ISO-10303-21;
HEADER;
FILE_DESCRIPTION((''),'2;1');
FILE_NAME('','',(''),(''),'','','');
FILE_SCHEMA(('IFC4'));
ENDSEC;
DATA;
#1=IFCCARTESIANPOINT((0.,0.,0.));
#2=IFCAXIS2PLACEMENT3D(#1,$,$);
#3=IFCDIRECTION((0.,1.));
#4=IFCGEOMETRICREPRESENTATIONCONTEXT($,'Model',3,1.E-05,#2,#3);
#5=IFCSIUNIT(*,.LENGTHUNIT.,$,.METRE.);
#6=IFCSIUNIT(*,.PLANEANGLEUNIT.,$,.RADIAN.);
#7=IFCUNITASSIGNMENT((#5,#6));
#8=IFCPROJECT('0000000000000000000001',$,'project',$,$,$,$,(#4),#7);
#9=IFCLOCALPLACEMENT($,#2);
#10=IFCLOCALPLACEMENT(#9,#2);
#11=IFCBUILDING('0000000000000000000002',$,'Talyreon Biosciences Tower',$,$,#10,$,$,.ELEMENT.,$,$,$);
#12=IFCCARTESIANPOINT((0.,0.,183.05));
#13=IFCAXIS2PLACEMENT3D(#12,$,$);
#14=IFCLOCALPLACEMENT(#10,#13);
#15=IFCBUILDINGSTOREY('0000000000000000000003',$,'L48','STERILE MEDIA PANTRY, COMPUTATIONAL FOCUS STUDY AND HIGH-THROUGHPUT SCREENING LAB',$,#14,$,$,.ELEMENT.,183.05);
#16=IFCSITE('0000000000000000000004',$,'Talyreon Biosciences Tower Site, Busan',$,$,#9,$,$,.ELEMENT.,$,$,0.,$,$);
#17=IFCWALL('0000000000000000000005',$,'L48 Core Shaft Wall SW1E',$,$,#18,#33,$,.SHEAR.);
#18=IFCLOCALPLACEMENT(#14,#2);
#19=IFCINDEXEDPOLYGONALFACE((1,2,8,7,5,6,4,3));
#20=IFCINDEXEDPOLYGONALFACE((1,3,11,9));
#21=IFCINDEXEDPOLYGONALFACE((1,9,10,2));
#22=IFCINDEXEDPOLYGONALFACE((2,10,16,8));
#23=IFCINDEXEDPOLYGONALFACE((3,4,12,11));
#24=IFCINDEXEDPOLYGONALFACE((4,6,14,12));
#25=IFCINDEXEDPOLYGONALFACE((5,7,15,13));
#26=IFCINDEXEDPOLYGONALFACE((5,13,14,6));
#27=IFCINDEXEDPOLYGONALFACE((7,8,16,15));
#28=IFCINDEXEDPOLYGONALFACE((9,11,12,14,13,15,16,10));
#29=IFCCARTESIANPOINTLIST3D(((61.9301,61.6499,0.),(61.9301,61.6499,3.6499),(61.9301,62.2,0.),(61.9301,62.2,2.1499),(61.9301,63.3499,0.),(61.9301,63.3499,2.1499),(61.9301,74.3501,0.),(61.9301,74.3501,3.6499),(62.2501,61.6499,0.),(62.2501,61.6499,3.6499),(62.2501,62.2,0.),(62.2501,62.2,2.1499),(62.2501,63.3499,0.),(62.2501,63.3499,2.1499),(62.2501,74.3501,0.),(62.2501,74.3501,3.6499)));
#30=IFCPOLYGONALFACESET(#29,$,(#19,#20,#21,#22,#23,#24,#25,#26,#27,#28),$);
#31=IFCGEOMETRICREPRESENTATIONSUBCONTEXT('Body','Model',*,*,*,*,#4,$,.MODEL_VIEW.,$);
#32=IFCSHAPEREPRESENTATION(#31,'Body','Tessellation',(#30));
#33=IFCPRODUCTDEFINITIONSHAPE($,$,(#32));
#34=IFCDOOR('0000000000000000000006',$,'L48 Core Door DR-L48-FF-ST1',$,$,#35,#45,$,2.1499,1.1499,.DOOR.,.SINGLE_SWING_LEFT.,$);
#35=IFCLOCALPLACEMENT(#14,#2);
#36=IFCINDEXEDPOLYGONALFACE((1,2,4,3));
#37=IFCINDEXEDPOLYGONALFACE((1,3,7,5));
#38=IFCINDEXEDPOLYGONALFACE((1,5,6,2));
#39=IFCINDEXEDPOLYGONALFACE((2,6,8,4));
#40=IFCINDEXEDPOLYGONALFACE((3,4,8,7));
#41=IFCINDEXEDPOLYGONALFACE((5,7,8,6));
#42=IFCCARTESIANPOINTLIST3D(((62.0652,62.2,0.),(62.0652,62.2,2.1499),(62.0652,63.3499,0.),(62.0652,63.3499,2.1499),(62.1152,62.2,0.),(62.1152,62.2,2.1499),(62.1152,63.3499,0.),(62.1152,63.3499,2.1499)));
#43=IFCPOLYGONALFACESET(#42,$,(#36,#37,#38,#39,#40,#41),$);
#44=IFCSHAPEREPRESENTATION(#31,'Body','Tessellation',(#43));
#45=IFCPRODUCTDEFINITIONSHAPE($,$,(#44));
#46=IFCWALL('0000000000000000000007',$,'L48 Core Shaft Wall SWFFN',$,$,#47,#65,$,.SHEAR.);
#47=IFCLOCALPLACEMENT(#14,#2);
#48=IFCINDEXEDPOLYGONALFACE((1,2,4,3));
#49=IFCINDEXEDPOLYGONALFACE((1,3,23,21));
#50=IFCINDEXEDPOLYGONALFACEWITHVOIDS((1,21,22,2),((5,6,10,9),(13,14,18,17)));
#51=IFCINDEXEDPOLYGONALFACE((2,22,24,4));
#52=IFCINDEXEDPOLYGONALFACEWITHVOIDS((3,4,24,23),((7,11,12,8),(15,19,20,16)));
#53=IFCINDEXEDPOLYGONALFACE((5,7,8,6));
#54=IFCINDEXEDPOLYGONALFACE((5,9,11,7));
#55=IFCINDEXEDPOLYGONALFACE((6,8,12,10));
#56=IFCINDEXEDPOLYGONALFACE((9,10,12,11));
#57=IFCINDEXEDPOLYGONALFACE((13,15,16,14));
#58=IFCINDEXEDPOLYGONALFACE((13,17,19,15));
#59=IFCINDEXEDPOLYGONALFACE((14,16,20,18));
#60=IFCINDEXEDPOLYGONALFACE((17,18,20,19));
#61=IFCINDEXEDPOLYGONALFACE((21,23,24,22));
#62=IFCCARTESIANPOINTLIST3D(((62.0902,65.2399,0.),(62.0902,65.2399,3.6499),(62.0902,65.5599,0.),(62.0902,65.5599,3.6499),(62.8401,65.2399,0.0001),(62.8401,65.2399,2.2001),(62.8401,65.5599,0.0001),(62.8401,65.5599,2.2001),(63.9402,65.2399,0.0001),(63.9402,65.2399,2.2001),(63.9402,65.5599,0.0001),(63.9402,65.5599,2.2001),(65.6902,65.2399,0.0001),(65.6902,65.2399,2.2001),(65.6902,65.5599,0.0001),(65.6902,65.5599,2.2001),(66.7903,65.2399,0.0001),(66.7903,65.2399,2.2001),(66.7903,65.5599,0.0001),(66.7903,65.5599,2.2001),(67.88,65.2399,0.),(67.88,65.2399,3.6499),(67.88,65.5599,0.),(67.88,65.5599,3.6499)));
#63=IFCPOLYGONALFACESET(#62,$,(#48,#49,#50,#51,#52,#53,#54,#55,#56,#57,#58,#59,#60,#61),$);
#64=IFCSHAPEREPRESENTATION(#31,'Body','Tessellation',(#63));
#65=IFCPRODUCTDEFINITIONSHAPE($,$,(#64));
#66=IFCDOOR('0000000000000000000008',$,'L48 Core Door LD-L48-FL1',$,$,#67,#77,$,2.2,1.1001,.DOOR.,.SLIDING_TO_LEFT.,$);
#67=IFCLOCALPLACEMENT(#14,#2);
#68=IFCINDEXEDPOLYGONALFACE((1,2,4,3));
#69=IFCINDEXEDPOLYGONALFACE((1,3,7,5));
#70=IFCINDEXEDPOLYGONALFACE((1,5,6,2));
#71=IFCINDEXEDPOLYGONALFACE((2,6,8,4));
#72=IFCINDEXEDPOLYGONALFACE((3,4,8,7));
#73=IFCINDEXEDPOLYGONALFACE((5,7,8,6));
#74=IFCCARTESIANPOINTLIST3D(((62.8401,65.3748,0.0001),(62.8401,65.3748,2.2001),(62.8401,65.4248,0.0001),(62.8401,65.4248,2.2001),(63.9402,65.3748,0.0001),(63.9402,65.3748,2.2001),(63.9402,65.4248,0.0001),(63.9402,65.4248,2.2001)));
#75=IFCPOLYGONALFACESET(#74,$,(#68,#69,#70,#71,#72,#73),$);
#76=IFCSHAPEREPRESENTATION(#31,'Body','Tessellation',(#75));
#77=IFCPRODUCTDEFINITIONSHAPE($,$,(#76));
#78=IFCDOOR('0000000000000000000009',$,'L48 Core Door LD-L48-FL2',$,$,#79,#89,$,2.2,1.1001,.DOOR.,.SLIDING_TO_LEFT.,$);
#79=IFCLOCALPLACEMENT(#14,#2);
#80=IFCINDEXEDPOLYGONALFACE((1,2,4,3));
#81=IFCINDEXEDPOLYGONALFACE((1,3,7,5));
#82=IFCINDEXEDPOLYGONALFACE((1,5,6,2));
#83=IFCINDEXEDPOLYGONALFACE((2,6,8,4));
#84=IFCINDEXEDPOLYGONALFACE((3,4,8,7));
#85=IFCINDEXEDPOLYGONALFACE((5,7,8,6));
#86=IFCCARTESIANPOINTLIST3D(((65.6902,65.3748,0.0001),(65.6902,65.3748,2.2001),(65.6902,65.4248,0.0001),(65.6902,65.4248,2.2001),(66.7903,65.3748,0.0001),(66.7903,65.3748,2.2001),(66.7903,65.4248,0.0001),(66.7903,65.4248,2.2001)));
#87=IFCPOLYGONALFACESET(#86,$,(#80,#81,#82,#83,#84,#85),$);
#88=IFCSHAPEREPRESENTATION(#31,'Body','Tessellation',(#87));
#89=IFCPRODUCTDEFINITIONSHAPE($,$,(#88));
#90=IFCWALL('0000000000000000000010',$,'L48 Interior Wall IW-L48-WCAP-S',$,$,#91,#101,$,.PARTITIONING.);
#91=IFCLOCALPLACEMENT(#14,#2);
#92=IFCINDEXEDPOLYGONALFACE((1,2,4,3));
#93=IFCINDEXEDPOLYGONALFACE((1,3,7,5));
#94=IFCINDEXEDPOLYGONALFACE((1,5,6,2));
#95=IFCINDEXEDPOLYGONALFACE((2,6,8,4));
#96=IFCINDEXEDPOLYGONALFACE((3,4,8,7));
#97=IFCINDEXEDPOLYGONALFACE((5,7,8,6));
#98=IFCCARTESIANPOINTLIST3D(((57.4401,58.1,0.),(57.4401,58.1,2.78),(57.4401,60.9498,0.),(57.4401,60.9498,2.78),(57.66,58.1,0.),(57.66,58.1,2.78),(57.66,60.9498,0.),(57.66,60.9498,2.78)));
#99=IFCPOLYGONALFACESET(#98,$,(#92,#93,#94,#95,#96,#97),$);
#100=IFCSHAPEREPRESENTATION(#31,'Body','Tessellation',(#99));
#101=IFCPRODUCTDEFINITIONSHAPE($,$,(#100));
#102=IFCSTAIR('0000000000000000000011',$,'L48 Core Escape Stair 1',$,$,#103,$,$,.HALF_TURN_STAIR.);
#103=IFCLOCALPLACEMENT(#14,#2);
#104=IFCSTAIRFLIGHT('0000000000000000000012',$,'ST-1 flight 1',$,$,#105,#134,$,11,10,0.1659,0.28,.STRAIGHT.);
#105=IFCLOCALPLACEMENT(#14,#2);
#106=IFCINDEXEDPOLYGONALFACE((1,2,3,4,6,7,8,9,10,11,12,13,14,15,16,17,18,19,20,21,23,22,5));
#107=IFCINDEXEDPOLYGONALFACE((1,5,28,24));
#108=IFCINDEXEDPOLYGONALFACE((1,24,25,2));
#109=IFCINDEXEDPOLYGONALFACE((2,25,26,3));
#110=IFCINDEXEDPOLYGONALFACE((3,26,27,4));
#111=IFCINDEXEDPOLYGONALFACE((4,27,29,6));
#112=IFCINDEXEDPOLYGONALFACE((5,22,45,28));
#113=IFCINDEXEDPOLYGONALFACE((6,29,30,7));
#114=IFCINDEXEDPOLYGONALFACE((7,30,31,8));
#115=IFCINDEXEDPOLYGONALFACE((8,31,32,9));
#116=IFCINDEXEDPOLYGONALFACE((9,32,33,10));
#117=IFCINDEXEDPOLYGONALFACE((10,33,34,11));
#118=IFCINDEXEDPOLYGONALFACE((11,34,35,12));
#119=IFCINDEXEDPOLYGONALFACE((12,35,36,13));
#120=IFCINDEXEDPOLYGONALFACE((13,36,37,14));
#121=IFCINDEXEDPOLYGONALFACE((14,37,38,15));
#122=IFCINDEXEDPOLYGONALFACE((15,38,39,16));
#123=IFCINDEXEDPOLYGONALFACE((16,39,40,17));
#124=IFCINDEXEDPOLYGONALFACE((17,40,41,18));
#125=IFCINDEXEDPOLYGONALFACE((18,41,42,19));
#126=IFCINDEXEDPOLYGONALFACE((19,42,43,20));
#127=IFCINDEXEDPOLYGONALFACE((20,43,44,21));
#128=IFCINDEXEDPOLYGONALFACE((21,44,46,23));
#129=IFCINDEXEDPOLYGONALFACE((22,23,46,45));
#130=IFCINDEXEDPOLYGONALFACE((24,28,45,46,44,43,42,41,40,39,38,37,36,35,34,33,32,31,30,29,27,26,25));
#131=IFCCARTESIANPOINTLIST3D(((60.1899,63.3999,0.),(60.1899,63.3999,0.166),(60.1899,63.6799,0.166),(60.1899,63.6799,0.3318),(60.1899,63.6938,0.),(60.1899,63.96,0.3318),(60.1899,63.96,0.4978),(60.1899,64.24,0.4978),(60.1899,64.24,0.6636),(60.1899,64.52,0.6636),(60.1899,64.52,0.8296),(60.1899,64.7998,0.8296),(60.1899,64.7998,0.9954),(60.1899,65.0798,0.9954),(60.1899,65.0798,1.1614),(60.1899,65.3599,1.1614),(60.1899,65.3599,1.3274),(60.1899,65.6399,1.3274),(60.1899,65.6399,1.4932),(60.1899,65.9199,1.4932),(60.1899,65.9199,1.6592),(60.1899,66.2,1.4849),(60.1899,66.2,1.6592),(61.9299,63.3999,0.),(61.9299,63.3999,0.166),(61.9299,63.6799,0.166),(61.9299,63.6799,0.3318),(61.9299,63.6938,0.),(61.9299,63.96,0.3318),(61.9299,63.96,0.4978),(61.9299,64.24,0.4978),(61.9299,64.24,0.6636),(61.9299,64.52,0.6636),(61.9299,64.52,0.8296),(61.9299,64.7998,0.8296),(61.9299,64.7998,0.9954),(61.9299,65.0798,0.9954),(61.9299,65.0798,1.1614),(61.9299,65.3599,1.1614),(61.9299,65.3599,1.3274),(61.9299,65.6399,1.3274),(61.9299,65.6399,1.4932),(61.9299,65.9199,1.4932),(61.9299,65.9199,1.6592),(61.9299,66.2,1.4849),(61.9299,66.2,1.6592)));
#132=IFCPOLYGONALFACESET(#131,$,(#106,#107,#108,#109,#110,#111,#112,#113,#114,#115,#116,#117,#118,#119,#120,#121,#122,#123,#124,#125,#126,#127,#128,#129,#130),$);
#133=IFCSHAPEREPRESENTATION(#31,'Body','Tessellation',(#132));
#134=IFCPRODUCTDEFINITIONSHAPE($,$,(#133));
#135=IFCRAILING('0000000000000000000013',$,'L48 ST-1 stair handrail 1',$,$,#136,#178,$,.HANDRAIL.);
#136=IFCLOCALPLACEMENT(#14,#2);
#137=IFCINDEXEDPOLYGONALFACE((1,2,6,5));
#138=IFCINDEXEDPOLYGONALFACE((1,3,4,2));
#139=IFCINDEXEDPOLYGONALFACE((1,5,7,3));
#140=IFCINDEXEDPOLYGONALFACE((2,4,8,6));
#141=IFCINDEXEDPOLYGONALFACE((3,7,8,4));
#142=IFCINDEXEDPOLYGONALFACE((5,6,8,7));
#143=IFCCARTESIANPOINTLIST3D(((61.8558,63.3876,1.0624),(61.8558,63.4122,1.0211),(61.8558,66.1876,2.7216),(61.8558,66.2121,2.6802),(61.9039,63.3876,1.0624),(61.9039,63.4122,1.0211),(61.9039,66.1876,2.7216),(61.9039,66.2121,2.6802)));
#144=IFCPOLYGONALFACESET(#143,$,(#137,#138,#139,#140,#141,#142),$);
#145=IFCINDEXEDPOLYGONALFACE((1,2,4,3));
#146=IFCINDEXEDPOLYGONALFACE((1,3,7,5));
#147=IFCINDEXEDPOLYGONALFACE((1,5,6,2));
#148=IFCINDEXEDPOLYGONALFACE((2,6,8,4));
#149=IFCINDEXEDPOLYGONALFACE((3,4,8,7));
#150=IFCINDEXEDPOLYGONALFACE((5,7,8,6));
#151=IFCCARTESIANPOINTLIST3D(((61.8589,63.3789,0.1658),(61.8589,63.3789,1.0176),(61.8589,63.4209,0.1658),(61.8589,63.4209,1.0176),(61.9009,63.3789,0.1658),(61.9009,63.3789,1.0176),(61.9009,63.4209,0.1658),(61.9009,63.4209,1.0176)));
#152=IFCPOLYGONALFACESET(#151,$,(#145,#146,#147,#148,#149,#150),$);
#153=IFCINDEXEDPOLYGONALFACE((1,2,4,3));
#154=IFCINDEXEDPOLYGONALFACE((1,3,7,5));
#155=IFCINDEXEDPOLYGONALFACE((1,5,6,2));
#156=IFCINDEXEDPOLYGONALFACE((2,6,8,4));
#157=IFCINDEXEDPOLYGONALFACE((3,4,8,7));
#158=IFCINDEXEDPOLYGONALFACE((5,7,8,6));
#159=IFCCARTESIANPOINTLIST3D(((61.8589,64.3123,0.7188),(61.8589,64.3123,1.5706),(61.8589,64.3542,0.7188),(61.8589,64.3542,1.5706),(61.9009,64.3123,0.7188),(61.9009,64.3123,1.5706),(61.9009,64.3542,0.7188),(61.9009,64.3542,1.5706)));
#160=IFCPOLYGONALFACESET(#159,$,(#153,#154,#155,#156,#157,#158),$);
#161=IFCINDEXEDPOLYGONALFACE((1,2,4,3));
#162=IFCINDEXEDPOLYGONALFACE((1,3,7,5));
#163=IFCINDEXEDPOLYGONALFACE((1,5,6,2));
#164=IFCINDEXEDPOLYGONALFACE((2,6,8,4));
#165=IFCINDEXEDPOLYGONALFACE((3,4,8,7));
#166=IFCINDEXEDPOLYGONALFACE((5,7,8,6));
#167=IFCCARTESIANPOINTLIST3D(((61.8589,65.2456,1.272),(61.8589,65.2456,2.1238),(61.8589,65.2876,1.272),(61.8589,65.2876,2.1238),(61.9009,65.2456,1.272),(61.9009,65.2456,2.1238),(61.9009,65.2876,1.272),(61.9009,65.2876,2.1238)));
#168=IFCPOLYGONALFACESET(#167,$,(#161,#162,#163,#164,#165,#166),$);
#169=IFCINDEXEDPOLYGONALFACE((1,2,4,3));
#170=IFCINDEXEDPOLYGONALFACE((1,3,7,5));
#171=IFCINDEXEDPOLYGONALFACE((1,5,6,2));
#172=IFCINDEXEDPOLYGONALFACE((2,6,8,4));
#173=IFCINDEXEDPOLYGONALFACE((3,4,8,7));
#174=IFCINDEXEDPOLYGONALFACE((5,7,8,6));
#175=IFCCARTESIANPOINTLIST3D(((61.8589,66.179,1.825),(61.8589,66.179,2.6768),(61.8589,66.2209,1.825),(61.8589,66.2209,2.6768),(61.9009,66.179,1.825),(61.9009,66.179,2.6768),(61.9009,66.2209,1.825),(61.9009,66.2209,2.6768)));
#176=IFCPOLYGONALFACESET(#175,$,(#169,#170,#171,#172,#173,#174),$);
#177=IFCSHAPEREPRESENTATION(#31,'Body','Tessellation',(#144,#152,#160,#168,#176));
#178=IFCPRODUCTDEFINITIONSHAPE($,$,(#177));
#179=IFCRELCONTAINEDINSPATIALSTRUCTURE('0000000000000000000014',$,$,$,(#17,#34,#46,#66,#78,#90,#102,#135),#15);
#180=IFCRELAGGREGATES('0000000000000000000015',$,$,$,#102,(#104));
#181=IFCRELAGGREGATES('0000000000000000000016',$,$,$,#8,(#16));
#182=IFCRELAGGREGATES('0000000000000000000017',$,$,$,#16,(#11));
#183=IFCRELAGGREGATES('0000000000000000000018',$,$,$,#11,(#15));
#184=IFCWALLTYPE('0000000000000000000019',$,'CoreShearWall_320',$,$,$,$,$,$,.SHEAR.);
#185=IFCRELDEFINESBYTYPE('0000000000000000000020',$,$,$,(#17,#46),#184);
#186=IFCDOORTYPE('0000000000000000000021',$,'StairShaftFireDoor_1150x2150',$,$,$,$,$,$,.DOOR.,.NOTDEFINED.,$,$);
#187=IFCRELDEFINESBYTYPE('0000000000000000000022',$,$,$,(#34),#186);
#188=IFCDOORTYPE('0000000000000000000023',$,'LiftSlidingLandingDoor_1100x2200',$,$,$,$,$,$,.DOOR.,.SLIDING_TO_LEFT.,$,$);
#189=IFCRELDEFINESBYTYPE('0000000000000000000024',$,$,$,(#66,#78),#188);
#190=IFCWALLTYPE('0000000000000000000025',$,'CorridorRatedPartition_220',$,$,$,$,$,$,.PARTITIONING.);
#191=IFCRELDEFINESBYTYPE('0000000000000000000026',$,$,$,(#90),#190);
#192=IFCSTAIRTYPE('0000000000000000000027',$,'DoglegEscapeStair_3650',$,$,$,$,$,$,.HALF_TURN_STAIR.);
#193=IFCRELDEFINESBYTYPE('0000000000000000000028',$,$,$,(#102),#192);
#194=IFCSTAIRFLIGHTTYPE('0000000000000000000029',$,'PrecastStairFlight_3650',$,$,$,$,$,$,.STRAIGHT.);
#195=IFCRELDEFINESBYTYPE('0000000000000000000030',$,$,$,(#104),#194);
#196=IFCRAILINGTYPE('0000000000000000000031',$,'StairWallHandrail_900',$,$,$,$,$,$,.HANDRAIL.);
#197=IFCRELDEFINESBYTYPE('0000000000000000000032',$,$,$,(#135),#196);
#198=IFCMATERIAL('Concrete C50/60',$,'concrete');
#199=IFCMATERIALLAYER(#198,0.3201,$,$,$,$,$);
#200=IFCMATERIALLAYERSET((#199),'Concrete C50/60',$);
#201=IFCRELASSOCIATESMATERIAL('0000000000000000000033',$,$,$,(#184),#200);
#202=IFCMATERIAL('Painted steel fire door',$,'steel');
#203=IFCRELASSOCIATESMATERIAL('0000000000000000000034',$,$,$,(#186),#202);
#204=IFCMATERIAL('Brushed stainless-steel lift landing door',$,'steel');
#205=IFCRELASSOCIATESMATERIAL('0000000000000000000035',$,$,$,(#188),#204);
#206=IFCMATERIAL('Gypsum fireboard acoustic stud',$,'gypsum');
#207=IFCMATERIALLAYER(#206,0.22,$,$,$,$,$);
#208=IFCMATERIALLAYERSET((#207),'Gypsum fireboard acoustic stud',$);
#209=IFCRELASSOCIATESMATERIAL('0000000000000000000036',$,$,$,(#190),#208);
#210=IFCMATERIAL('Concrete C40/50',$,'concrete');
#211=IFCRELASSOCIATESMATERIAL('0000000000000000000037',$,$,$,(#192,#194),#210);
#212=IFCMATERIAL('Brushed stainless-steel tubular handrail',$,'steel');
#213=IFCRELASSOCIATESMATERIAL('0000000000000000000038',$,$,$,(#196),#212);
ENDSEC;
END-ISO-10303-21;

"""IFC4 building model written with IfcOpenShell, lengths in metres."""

from ifc_helpers import new_model, si_unit, direction, frame, frame_2d, origin, origin_2d, place, context, subcontext, project, spatial, polyline, rectangle, outline, extrude, material, layer, layer_set, type_object, element, fill, aggregate, save


model = new_model("IFC4")

# Units and contexts
model_context = context("Model", 3, precision=1e-05, world=origin(), true_north=direction((0.0, 1.0)))
body_context = subcontext(model_context, "Body", "Model", "MODEL_VIEW")
ifc_project = project(units=[si_unit("LENGTHUNIT", "METRE"), si_unit("PLANEANGLEUNIT", "RADIAN")], contexts=[model_context])

# Site, building, storey
site_placement = place(None, origin())
site = spatial("IfcSite", under=ifc_project, at=site_placement, Name="Talyreon Biosciences Tower Site, Busan", CompositionType="ELEMENT", RefElevation=0.0)
building_placement = place(site_placement, origin())
building = spatial("IfcBuilding", under=site, at=building_placement, Name="Talyreon Biosciences Tower", CompositionType="ELEMENT")
storey_placement = place(building_placement, frame((0.0, 0.0, 183.05)))
storey = spatial("IfcBuildingStorey", under=building, at=storey_placement, Name="L48", Description="STERILE MEDIA PANTRY, COMPUTATIONAL FOCUS STUDY AND HIGH-THROUGHPUT SCREENING LAB", CompositionType="ELEMENT", Elevation=183.05)

# Shared definitions
ifc_material_1 = material(Name="Concrete C50/60", Category="concrete")

# Wall, opening, door
ifc_layer_1 = layer(ifc_material_1, 0.3201)
ifc_layer_set_1 = layer_set([ifc_layer_1], Name="Concrete C50/60")
wall_type_1 = type_object("IfcWallType", Name="CoreShearWall_320", PredefinedType="SHEAR", material=ifc_layer_set_1)
wall_1_placement = place(storey_placement, frame((62.0901, 61.6499, 0.0), z_axis=(0.0, 0.0, 1.0), x_axis=(0.0, 1.0, 0.0)))
wall_1 = element("IfcWall", 1, at=wall_1_placement, inside=storey, type_object=wall_type_1, Name="L48 Core Shaft Wall SW1E", PredefinedType="SHEAR", context=body_context, shape_type="SweptSolid", body=[
    extrude(rectangle(XDim=12.7002, YDim=0.3201, at=frame_2d((6.3501, 0.0))), origin(), (0.0, 0.0, 1.0), 3.6499),
])
opening_1_placement = place(wall_1_placement, frame((0.55, 0.0, 0.0)))
opening_1 = element("IfcOpeningElement", 2, at=opening_1_placement, cuts=wall_1, PredefinedType="OPENING", context=body_context, shape_type="SweptSolid", body=[
    extrude(rectangle(XDim=1.1499, YDim=2.1499, at=frame_2d((0.575, 1.075))), frame((0.0, 0.1699, 0.0), z_axis=(0.0, -1.0, 0.0), x_axis=(1.0, 0.0, 0.0)), (0.0, 0.0, 1.0), 0.3401),
])
ifc_material_2 = material(Name="Painted steel fire door", Category="steel")
door_type_1 = type_object("IfcDoorType", Name="StairShaftFireDoor_1150x2150", OperationType="NOTDEFINED", PredefinedType="DOOR", material=ifc_material_2)
door_1_placement = place(opening_1_placement, origin())
door_1 = element("IfcDoor", 3, at=door_1_placement, inside=storey, type_object=door_type_1, Name="L48 Core Door DR-L48-FF-ST1", OperationType="SINGLE_SWING_LEFT", OverallHeight=2.1499, OverallWidth=1.1499, PredefinedType="DOOR", context=body_context, shape_type="SweptSolid", body=[
    extrude(rectangle(XDim=1.1499, YDim=2.1499, at=frame_2d((0.575, 1.075))), frame((0.0, 0.0249, 0.0), z_axis=(0.0, -1.0, 0.0), x_axis=(1.0, 0.0, 0.0)), (0.0, 0.0, 1.0), 0.05),
])
fill(opening_1, door_1)

# Wall, openings, doors
wall_2_placement = place(storey_placement, frame((62.0901, 65.3999, 0.0), z_axis=(0.0, 0.0, 1.0), x_axis=(1.0, 0.0, 0.0)))
wall_2 = element("IfcWall", 4, at=wall_2_placement, inside=storey, type_object=wall_type_1, Name="L48 Core Shaft Wall SWFFN", PredefinedType="SHEAR", context=body_context, shape_type="SweptSolid", body=[
    extrude(rectangle(XDim=5.7898, YDim=0.3201, at=frame_2d((2.895, 0.0))), origin(), (0.0, 0.0, 1.0), 3.6499),
])
opening_2_placement = place(wall_2_placement, frame((0.75, 0.0, 0.0)))
opening_2 = element("IfcOpeningElement", 5, at=opening_2_placement, cuts=wall_2, PredefinedType="OPENING", context=body_context, shape_type="SweptSolid", body=[
    extrude(rectangle(XDim=1.1001, YDim=2.2, at=frame_2d((0.55, 1.1001))), frame((0.0, 0.1699, 0.0), z_axis=(0.0, -1.0, 0.0), x_axis=(1.0, 0.0, 0.0)), (0.0, 0.0, 1.0), 0.3401),
])
opening_3_placement = place(wall_2_placement, frame((3.6001, 0.0, 0.0)))
opening_3 = element("IfcOpeningElement", 6, at=opening_3_placement, cuts=wall_2, PredefinedType="OPENING", context=body_context, shape_type="SweptSolid", body=[
    extrude(rectangle(XDim=1.1001, YDim=2.2, at=frame_2d((0.55, 1.1001))), frame((0.0, 0.1699, 0.0), z_axis=(0.0, -1.0, 0.0), x_axis=(1.0, 0.0, 0.0)), (0.0, 0.0, 1.0), 0.3401),
])
ifc_material_3 = material(Name="Brushed stainless-steel lift landing door", Category="steel")
door_type_2 = type_object("IfcDoorType", Name="LiftSlidingLandingDoor_1100x2200", OperationType="SLIDING_TO_LEFT", PredefinedType="DOOR", material=ifc_material_3)
door_2_placement = place(opening_2_placement, origin())
door_2 = element("IfcDoor", 7, at=door_2_placement, inside=storey, type_object=door_type_2, Name="L48 Core Door LD-L48-FL1", OperationType="SLIDING_TO_LEFT", OverallHeight=2.2, OverallWidth=1.1001, PredefinedType="DOOR", context=body_context, shape_type="SweptSolid", body=[
    extrude(rectangle(XDim=1.1001, YDim=2.2, at=frame_2d((0.55, 1.1001))), frame((0.0, 0.0249, 0.0), z_axis=(0.0, -1.0, 0.0), x_axis=(1.0, 0.0, 0.0)), (0.0, 0.0, 1.0), 0.05),
])
fill(opening_2, door_2)
door_3_placement = place(opening_3_placement, origin())
door_3 = element("IfcDoor", 8, at=door_3_placement, inside=storey, type_object=door_type_2, Name="L48 Core Door LD-L48-FL2", OperationType="SLIDING_TO_LEFT", OverallHeight=2.2, OverallWidth=1.1001, PredefinedType="DOOR", context=body_context, shape_type="SweptSolid", body=[
    extrude(rectangle(XDim=1.1001, YDim=2.2, at=frame_2d((0.55, 1.1001))), frame((0.0, 0.0249, 0.0), z_axis=(0.0, -1.0, 0.0), x_axis=(1.0, 0.0, 0.0)), (0.0, 0.0, 1.0), 0.05),
])
fill(opening_3, door_3)

# Wall
ifc_material_4 = material(Name="Gypsum fireboard acoustic stud", Category="gypsum")
ifc_layer_2 = layer(ifc_material_4, 0.22)
ifc_layer_set_2 = layer_set([ifc_layer_2], Name="Gypsum fireboard acoustic stud")
wall_type_2 = type_object("IfcWallType", Name="CorridorRatedPartition_220", PredefinedType="PARTITIONING", material=ifc_layer_set_2)
wall_3_placement = place(storey_placement, frame((57.55, 58.1001, 0.0), z_axis=(0.0, 0.0, 1.0), x_axis=(0.0, 1.0, 0.0)))
element("IfcWall", 9, at=wall_3_placement, inside=storey, type_object=wall_type_2, Name="L48 Interior Wall IW-L48-WCAP-S", PredefinedType="PARTITIONING", context=body_context, shape_type="SweptSolid", body=[
    extrude(rectangle(XDim=2.8499, YDim=0.22, at=frame_2d((1.4248, 0.0))), origin(), (0.0, 0.0, 1.0), 2.78),
])

# Stair, stair flight
ifc_material_5 = material(Name="Concrete C40/50", Category="concrete")
stair_type = type_object("IfcStairType", Name="DoglegEscapeStair_3650", PredefinedType="HALF_TURN_STAIR", material=ifc_material_5)
stair_placement = place(storey_placement, origin())
stair = element("IfcStair", 10, at=stair_placement, inside=storey, type_object=stair_type, Name="L48 Core Escape Stair 1", PredefinedType="HALF_TURN_STAIR")
stair_flight_type = type_object("IfcStairFlightType", Name="PrecastStairFlight_3650", PredefinedType="STRAIGHT", material=ifc_material_5)
stair_flight_placement = place(storey_placement, frame((61.0601, 63.3999, 0.0), z_axis=(0.0, 0.0, 1.0), x_axis=(0.0, 1.0, 0.0)))
stair_flight = element("IfcStairFlight", 11, at=stair_flight_placement, type_object=stair_flight_type, Name="ST-1 flight 1", NumberOfRisers=11, NumberOfTreads=10, PredefinedType="STRAIGHT", RiserHeight=0.1659, TreadLength=0.28, context=body_context, shape_type="SweptSolid", body=[
    extrude(outline(polyline([(0.0, 0.0), (0.0, 0.166), (0.28, 0.166), (0.28, 0.3318), (0.5601, 0.3318), (0.5601, 0.4978), (0.8401, 0.4978), (0.8401, 0.6636), (1.1201, 0.6636), (1.1201, 0.8296), (1.3999, 0.8296), (1.3999, 0.9954), (1.6799, 0.9954), (1.6799, 1.1614), (1.96, 1.1614), (1.96, 1.3274), (2.24, 1.3274), (2.24, 1.4932), (2.52, 1.4932), (2.52, 1.6592), (2.8, 1.6592), (2.8, 1.825), (2.8, 1.4849), (0.2939, 0.0), (0.0, 0.0)])), frame((0.0, 0.8701, 0.0), z_axis=(0.0, -1.0, 0.0), x_axis=(1.0, 0.0, 0.0)), (0.0, 0.0, 1.0), 1.74),
])
aggregate(stair, [stair_flight])

# Railing
ifc_material_6 = material(Name="Brushed stainless-steel tubular handrail", Category="steel")
railing_type_1 = type_object("IfcRailingType", Name="StairWallHandrail_900", PredefinedType="HANDRAIL", material=ifc_material_6)
railing_1_placement = place(storey_placement, frame((61.8799, 63.3999, 0.1658)))
element("IfcRailing", 12, at=railing_1_placement, inside=storey, type_object=railing_type_1, Name="L48 ST-1 stair handrail 1", PredefinedType="HANDRAIL", context=body_context, shape_type="SweptSolid", body=[
    extrude(rectangle(XDim=0.0481, YDim=0.0481, at=origin_2d()), frame((0.0, 0.0, 0.876), z_axis=(0.0, 0.860306, 0.509778), x_axis=(-1.0, 0.0, 0.0)), (0.0, 0.0, 1.0), 3.2546),
    extrude(rectangle(XDim=0.042, YDim=0.042, at=origin_2d()), origin(), (0.0, 0.0, 1.0), 0.8518),
    extrude(rectangle(XDim=0.042, YDim=0.042, at=origin_2d()), frame((0.0, 0.9333, 0.553)), (0.0, 0.0, 1.0), 0.8518),
    extrude(rectangle(XDim=0.042, YDim=0.042, at=origin_2d()), frame((0.0, 1.8667, 1.1062)), (0.0, 0.0, 1.0), 0.8518),
    extrude(rectangle(XDim=0.042, YDim=0.042, at=origin_2d()), frame((0.0, 2.8, 1.6592)), (0.0, 0.0, 1.0), 0.8518),
])

save(model, "model.ifc")
